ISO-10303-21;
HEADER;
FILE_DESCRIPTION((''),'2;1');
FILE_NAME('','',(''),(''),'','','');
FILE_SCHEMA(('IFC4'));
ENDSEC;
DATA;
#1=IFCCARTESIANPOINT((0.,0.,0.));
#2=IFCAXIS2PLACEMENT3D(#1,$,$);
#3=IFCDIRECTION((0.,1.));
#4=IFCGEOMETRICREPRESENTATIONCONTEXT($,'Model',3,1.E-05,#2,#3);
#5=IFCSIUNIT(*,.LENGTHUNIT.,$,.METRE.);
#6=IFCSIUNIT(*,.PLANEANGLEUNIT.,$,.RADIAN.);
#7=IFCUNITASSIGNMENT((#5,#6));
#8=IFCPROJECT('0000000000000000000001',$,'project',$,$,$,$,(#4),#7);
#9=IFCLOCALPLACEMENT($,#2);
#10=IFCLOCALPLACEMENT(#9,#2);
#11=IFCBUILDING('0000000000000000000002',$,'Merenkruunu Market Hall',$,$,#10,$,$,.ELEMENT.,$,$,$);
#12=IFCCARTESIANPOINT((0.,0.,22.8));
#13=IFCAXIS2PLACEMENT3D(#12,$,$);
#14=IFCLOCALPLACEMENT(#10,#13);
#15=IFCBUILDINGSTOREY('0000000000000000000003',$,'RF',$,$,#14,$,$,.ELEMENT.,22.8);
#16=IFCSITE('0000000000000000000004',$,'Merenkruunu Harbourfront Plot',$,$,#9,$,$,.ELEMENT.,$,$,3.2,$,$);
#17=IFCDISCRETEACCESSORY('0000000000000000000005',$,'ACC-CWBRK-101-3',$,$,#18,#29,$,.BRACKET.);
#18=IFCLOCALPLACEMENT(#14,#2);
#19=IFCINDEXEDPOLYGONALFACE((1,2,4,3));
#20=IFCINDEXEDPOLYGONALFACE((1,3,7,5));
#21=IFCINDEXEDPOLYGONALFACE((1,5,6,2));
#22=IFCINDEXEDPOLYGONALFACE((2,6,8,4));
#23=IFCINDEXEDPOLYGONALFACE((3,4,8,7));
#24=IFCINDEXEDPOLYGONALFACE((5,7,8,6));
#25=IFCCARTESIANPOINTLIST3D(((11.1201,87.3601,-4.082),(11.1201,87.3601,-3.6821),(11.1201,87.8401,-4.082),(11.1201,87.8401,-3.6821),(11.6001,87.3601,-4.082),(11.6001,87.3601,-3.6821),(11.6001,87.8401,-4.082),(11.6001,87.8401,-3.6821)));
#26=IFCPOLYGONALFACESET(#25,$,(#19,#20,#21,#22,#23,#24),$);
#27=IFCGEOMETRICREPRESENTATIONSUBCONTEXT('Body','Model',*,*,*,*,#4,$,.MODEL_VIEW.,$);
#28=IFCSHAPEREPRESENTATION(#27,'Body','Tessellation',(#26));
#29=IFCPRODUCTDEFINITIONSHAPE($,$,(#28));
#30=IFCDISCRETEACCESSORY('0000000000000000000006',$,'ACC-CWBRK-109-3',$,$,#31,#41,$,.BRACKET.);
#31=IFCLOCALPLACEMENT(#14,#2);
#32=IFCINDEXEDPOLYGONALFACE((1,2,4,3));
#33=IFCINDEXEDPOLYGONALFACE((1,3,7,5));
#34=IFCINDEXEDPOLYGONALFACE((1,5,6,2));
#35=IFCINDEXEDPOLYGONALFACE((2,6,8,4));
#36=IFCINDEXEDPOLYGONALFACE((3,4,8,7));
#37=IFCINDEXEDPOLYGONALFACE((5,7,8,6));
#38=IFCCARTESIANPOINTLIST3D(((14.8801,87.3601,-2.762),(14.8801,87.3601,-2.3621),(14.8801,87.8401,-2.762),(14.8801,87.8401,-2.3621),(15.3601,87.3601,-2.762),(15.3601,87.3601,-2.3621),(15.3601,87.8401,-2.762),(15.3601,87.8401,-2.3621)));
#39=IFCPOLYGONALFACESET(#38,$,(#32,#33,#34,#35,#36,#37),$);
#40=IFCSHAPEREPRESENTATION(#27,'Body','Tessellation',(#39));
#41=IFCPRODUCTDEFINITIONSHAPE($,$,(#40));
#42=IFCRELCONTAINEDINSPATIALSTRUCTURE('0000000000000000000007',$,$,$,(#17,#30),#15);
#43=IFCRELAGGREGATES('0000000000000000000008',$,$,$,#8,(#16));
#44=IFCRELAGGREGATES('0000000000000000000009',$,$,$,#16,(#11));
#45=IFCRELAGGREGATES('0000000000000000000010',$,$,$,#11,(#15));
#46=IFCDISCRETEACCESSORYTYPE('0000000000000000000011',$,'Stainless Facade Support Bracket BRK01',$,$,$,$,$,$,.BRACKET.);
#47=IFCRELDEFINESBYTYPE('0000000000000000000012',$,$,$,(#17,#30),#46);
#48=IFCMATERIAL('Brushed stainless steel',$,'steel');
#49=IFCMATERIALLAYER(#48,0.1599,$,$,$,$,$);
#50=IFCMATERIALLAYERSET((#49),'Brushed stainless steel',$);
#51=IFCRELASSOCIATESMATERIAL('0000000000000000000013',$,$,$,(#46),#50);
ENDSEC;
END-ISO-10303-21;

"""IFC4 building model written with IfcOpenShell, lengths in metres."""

from ifc_helpers import new_model, si_unit, direction, frame, origin, origin_2d, place, context, subcontext, project, spatial, rectangle, extrude, material, layer, layer_set, type_object, element, save


model = new_model("IFC4")

# Units and contexts
model_context = context("Model", 3, precision=1e-05, world=origin(), true_north=direction((0.0, 1.0)))
body_context = subcontext(model_context, "Body", "Model", "MODEL_VIEW")
ifc_project = project(units=[si_unit("LENGTHUNIT", "METRE"), si_unit("PLANEANGLEUNIT", "RADIAN")], contexts=[model_context])

# Site, building, storey
site_placement = place(None, origin())
site = spatial("IfcSite", under=ifc_project, at=site_placement, Name="Merenkruunu Harbourfront Plot", CompositionType="ELEMENT", RefElevation=3.2)
building_placement = place(site_placement, origin())
building = spatial("IfcBuilding", under=site, at=building_placement, Name="Merenkruunu Market Hall", CompositionType="ELEMENT")
storey_placement = place(building_placement, frame((0.0, 0.0, 22.8)))
storey = spatial("IfcBuildingStorey", under=building, at=storey_placement, Name="RF", CompositionType="ELEMENT", Elevation=22.8)

# Discrete accessories
ifc_material_1 = material(Name="Brushed stainless steel", Category="steel")
ifc_layer_1 = layer(ifc_material_1, 0.1599)
ifc_layer_set_1 = layer_set([ifc_layer_1], Name="Brushed stainless steel")
discrete_accessory_type = type_object("IfcDiscreteAccessoryType", Name="Stainless Facade Support Bracket BRK01", PredefinedType="BRACKET", material=ifc_layer_set_1)
for number, where, z_axis, x_axis, name in (
    (1, (11.3601, 87.6001, -4.082), (0.0, 0.0, 1.0), (1.0, 0.0, 0.0), "ACC-CWBRK-101-3"),
    (2, (15.1201, 87.6001, -2.762), (0.0, 0.0, 1.0), (1.0, 0.0, 0.0), "ACC-CWBRK-109-3"),
):
    element("IfcDiscreteAccessory", number, at=place(storey_placement, frame(where, z_axis=z_axis, x_axis=x_axis)), inside=storey, type_object=discrete_accessory_type, Name=name, PredefinedType="BRACKET", context=body_context, shape_type="SweptSolid", body=[
        extrude(rectangle(XDim=0.48, YDim=0.48, at=origin_2d()), origin(), (0.0, 0.0, 1.0), 0.3999),
    ])

save(model, "model.ifc")
